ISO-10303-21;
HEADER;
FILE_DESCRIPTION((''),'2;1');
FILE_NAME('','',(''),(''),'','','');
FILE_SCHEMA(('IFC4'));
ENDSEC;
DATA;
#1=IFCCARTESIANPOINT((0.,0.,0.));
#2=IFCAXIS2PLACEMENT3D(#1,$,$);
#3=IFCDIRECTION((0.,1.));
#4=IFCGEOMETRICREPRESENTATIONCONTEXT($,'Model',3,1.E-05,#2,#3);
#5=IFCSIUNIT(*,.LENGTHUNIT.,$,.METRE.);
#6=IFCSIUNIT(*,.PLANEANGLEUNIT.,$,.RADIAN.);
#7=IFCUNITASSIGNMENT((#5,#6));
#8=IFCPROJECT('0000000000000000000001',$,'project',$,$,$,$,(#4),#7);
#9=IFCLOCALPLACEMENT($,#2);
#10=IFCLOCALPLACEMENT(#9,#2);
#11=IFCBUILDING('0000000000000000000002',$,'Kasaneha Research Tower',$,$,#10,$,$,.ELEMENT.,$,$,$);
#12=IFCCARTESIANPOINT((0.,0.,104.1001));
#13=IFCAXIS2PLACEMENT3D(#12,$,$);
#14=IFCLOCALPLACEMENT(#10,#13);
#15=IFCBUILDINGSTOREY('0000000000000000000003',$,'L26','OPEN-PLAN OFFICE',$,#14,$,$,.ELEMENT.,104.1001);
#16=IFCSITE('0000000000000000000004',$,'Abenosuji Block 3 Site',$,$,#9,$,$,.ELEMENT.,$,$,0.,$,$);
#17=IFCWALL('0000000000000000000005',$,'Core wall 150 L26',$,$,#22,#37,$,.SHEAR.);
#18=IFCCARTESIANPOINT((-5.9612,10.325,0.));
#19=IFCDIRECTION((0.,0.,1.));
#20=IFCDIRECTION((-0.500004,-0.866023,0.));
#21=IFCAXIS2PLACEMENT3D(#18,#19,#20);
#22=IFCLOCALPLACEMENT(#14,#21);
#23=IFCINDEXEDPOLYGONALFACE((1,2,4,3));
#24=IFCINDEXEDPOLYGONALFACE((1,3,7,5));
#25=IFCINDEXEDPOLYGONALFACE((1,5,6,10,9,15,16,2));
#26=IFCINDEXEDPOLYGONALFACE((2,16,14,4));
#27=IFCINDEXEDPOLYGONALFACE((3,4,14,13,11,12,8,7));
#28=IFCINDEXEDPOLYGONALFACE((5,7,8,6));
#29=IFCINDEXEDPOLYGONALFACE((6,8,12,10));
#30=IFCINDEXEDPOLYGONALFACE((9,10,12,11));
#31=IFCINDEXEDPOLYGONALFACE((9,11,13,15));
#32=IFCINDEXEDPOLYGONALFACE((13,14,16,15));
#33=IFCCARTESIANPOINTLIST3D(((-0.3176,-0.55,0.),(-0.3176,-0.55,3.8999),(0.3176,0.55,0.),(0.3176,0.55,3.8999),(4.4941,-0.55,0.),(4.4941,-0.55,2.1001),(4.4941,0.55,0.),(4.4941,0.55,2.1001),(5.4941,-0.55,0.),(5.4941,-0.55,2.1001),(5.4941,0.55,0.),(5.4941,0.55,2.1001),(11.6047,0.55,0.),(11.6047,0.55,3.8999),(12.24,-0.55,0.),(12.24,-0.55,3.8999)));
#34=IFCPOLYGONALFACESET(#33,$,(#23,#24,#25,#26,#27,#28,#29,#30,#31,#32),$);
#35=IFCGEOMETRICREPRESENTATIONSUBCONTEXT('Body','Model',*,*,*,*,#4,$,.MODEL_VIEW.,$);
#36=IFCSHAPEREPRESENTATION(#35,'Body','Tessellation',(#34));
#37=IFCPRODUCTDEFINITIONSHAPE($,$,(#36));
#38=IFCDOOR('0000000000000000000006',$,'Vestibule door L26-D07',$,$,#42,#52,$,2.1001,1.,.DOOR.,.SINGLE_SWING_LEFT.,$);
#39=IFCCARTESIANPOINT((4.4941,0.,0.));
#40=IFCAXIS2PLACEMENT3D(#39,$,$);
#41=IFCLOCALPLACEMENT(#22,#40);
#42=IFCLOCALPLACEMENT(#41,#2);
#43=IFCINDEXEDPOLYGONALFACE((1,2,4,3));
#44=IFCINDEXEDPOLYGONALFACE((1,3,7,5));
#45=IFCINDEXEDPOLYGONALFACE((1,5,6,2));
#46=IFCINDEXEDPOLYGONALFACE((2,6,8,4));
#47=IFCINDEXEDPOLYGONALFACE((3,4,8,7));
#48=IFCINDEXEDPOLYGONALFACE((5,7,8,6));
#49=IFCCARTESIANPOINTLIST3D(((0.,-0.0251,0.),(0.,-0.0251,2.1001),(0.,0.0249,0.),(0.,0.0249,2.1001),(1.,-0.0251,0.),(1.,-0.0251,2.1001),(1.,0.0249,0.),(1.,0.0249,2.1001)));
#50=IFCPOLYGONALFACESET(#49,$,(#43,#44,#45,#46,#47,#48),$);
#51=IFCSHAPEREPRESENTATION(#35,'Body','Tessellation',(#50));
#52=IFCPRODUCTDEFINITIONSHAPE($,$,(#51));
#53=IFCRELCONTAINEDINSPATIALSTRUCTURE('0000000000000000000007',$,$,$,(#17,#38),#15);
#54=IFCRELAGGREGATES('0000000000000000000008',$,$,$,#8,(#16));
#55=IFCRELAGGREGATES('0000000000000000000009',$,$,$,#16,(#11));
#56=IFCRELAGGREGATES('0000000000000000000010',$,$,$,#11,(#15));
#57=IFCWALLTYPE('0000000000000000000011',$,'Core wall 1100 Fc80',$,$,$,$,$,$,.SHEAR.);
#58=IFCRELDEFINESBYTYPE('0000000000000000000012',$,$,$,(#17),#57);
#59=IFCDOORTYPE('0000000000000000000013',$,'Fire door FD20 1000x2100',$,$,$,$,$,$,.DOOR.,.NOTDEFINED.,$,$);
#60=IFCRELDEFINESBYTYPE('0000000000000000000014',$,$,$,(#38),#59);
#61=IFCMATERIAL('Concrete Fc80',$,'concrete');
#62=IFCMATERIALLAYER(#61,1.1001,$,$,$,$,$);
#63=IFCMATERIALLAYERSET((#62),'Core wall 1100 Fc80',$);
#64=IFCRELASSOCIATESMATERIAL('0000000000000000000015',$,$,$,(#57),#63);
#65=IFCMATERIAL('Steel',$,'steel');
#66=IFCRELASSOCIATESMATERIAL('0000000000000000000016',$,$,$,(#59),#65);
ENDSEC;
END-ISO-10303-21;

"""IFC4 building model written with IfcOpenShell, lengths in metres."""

from ifc_helpers import new_model, si_unit, direction, frame, frame_2d, origin, place, context, subcontext, project, spatial, polyline, rectangle, outline, extrude, material, layer, layer_set, type_object, element, fill, save


model = new_model("IFC4")

# Units and contexts
model_context = context("Model", 3, precision=1e-05, world=origin(), true_north=direction((0.0, 1.0)))
body_context = subcontext(model_context, "Body", "Model", "MODEL_VIEW")
ifc_project = project(units=[si_unit("LENGTHUNIT", "METRE"), si_unit("PLANEANGLEUNIT", "RADIAN")], contexts=[model_context])

# Site, building, storey
site_placement = place(None, origin())
site = spatial("IfcSite", under=ifc_project, at=site_placement, Name="Abenosuji Block 3 Site", CompositionType="ELEMENT", RefElevation=0.0)
building_placement = place(site_placement, origin())
building = spatial("IfcBuilding", under=site, at=building_placement, Name="Kasaneha Research Tower", CompositionType="ELEMENT")
storey_placement = place(building_placement, frame((0.0, 0.0, 104.1001)))
storey = spatial("IfcBuildingStorey", under=building, at=storey_placement, Name="L26", Description="OPEN-PLAN OFFICE", CompositionType="ELEMENT", Elevation=104.1001)

# Wall, opening, door
ifc_material_1 = material(Name="Concrete Fc80", Category="concrete")
ifc_layer_1 = layer(ifc_material_1, 1.1001)
ifc_layer_set_1 = layer_set([ifc_layer_1], Name="Core wall 1100 Fc80")
wall_type_1 = type_object("IfcWallType", Name="Core wall 1100 Fc80", PredefinedType="SHEAR", material=ifc_layer_set_1)
wall_1_placement = place(storey_placement, frame((-5.9612, 10.325, 0.0), z_axis=(0.0, 0.0, 1.0), x_axis=(-0.500004, -0.866023, 0.0)))
wall_1 = element("IfcWall", 1, at=wall_1_placement, inside=storey, type_object=wall_type_1, Name="Core wall 150 L26", PredefinedType="SHEAR", context=body_context, shape_type="SweptSolid", body=[
    extrude(outline(polyline([(-0.3176, -0.55), (4.4941, -0.55), (5.4941, -0.55), (12.24, -0.55), (11.6047, 0.55), (5.4941, 0.55), (4.4941, 0.55), (0.3176, 0.55), (-0.3176, -0.55)])), origin(), (0.0, 0.0, 1.0), 3.8999),
])
opening_1_placement = place(wall_1_placement, frame((4.4941, 0.0, 0.0)))
opening_1 = element("IfcOpeningElement", 2, at=opening_1_placement, cuts=wall_1, PredefinedType="OPENING", context=body_context, shape_type="SweptSolid", body=[
    extrude(rectangle(XDim=1.0, YDim=2.1001, at=frame_2d((0.5, 1.05))), frame((0.0, 0.5601, 0.0), z_axis=(0.0, -1.0, 0.0), x_axis=(1.0, 0.0, 0.0)), (0.0, 0.0, 1.0), 1.1201),
])
ifc_material_2 = material(Name="Steel", Category="steel")
door_type_1 = type_object("IfcDoorType", Name="Fire door FD20 1000x2100", OperationType="NOTDEFINED", PredefinedType="DOOR", material=ifc_material_2)
door_1_placement = place(opening_1_placement, origin())
door_1 = element("IfcDoor", 3, at=door_1_placement, inside=storey, type_object=door_type_1, Name="Vestibule door L26-D07", OperationType="SINGLE_SWING_LEFT", OverallHeight=2.1001, OverallWidth=1.0, PredefinedType="DOOR", context=body_context, shape_type="SweptSolid", body=[
    extrude(rectangle(XDim=1.0, YDim=2.1001, at=frame_2d((0.5, 1.05))), frame((0.0, 0.0249, 0.0), z_axis=(0.0, -1.0, 0.0), x_axis=(1.0, 0.0, 0.0)), (0.0, 0.0, 1.0), 0.05),
])
fill(opening_1, door_1)

save(model, "model.ifc")
